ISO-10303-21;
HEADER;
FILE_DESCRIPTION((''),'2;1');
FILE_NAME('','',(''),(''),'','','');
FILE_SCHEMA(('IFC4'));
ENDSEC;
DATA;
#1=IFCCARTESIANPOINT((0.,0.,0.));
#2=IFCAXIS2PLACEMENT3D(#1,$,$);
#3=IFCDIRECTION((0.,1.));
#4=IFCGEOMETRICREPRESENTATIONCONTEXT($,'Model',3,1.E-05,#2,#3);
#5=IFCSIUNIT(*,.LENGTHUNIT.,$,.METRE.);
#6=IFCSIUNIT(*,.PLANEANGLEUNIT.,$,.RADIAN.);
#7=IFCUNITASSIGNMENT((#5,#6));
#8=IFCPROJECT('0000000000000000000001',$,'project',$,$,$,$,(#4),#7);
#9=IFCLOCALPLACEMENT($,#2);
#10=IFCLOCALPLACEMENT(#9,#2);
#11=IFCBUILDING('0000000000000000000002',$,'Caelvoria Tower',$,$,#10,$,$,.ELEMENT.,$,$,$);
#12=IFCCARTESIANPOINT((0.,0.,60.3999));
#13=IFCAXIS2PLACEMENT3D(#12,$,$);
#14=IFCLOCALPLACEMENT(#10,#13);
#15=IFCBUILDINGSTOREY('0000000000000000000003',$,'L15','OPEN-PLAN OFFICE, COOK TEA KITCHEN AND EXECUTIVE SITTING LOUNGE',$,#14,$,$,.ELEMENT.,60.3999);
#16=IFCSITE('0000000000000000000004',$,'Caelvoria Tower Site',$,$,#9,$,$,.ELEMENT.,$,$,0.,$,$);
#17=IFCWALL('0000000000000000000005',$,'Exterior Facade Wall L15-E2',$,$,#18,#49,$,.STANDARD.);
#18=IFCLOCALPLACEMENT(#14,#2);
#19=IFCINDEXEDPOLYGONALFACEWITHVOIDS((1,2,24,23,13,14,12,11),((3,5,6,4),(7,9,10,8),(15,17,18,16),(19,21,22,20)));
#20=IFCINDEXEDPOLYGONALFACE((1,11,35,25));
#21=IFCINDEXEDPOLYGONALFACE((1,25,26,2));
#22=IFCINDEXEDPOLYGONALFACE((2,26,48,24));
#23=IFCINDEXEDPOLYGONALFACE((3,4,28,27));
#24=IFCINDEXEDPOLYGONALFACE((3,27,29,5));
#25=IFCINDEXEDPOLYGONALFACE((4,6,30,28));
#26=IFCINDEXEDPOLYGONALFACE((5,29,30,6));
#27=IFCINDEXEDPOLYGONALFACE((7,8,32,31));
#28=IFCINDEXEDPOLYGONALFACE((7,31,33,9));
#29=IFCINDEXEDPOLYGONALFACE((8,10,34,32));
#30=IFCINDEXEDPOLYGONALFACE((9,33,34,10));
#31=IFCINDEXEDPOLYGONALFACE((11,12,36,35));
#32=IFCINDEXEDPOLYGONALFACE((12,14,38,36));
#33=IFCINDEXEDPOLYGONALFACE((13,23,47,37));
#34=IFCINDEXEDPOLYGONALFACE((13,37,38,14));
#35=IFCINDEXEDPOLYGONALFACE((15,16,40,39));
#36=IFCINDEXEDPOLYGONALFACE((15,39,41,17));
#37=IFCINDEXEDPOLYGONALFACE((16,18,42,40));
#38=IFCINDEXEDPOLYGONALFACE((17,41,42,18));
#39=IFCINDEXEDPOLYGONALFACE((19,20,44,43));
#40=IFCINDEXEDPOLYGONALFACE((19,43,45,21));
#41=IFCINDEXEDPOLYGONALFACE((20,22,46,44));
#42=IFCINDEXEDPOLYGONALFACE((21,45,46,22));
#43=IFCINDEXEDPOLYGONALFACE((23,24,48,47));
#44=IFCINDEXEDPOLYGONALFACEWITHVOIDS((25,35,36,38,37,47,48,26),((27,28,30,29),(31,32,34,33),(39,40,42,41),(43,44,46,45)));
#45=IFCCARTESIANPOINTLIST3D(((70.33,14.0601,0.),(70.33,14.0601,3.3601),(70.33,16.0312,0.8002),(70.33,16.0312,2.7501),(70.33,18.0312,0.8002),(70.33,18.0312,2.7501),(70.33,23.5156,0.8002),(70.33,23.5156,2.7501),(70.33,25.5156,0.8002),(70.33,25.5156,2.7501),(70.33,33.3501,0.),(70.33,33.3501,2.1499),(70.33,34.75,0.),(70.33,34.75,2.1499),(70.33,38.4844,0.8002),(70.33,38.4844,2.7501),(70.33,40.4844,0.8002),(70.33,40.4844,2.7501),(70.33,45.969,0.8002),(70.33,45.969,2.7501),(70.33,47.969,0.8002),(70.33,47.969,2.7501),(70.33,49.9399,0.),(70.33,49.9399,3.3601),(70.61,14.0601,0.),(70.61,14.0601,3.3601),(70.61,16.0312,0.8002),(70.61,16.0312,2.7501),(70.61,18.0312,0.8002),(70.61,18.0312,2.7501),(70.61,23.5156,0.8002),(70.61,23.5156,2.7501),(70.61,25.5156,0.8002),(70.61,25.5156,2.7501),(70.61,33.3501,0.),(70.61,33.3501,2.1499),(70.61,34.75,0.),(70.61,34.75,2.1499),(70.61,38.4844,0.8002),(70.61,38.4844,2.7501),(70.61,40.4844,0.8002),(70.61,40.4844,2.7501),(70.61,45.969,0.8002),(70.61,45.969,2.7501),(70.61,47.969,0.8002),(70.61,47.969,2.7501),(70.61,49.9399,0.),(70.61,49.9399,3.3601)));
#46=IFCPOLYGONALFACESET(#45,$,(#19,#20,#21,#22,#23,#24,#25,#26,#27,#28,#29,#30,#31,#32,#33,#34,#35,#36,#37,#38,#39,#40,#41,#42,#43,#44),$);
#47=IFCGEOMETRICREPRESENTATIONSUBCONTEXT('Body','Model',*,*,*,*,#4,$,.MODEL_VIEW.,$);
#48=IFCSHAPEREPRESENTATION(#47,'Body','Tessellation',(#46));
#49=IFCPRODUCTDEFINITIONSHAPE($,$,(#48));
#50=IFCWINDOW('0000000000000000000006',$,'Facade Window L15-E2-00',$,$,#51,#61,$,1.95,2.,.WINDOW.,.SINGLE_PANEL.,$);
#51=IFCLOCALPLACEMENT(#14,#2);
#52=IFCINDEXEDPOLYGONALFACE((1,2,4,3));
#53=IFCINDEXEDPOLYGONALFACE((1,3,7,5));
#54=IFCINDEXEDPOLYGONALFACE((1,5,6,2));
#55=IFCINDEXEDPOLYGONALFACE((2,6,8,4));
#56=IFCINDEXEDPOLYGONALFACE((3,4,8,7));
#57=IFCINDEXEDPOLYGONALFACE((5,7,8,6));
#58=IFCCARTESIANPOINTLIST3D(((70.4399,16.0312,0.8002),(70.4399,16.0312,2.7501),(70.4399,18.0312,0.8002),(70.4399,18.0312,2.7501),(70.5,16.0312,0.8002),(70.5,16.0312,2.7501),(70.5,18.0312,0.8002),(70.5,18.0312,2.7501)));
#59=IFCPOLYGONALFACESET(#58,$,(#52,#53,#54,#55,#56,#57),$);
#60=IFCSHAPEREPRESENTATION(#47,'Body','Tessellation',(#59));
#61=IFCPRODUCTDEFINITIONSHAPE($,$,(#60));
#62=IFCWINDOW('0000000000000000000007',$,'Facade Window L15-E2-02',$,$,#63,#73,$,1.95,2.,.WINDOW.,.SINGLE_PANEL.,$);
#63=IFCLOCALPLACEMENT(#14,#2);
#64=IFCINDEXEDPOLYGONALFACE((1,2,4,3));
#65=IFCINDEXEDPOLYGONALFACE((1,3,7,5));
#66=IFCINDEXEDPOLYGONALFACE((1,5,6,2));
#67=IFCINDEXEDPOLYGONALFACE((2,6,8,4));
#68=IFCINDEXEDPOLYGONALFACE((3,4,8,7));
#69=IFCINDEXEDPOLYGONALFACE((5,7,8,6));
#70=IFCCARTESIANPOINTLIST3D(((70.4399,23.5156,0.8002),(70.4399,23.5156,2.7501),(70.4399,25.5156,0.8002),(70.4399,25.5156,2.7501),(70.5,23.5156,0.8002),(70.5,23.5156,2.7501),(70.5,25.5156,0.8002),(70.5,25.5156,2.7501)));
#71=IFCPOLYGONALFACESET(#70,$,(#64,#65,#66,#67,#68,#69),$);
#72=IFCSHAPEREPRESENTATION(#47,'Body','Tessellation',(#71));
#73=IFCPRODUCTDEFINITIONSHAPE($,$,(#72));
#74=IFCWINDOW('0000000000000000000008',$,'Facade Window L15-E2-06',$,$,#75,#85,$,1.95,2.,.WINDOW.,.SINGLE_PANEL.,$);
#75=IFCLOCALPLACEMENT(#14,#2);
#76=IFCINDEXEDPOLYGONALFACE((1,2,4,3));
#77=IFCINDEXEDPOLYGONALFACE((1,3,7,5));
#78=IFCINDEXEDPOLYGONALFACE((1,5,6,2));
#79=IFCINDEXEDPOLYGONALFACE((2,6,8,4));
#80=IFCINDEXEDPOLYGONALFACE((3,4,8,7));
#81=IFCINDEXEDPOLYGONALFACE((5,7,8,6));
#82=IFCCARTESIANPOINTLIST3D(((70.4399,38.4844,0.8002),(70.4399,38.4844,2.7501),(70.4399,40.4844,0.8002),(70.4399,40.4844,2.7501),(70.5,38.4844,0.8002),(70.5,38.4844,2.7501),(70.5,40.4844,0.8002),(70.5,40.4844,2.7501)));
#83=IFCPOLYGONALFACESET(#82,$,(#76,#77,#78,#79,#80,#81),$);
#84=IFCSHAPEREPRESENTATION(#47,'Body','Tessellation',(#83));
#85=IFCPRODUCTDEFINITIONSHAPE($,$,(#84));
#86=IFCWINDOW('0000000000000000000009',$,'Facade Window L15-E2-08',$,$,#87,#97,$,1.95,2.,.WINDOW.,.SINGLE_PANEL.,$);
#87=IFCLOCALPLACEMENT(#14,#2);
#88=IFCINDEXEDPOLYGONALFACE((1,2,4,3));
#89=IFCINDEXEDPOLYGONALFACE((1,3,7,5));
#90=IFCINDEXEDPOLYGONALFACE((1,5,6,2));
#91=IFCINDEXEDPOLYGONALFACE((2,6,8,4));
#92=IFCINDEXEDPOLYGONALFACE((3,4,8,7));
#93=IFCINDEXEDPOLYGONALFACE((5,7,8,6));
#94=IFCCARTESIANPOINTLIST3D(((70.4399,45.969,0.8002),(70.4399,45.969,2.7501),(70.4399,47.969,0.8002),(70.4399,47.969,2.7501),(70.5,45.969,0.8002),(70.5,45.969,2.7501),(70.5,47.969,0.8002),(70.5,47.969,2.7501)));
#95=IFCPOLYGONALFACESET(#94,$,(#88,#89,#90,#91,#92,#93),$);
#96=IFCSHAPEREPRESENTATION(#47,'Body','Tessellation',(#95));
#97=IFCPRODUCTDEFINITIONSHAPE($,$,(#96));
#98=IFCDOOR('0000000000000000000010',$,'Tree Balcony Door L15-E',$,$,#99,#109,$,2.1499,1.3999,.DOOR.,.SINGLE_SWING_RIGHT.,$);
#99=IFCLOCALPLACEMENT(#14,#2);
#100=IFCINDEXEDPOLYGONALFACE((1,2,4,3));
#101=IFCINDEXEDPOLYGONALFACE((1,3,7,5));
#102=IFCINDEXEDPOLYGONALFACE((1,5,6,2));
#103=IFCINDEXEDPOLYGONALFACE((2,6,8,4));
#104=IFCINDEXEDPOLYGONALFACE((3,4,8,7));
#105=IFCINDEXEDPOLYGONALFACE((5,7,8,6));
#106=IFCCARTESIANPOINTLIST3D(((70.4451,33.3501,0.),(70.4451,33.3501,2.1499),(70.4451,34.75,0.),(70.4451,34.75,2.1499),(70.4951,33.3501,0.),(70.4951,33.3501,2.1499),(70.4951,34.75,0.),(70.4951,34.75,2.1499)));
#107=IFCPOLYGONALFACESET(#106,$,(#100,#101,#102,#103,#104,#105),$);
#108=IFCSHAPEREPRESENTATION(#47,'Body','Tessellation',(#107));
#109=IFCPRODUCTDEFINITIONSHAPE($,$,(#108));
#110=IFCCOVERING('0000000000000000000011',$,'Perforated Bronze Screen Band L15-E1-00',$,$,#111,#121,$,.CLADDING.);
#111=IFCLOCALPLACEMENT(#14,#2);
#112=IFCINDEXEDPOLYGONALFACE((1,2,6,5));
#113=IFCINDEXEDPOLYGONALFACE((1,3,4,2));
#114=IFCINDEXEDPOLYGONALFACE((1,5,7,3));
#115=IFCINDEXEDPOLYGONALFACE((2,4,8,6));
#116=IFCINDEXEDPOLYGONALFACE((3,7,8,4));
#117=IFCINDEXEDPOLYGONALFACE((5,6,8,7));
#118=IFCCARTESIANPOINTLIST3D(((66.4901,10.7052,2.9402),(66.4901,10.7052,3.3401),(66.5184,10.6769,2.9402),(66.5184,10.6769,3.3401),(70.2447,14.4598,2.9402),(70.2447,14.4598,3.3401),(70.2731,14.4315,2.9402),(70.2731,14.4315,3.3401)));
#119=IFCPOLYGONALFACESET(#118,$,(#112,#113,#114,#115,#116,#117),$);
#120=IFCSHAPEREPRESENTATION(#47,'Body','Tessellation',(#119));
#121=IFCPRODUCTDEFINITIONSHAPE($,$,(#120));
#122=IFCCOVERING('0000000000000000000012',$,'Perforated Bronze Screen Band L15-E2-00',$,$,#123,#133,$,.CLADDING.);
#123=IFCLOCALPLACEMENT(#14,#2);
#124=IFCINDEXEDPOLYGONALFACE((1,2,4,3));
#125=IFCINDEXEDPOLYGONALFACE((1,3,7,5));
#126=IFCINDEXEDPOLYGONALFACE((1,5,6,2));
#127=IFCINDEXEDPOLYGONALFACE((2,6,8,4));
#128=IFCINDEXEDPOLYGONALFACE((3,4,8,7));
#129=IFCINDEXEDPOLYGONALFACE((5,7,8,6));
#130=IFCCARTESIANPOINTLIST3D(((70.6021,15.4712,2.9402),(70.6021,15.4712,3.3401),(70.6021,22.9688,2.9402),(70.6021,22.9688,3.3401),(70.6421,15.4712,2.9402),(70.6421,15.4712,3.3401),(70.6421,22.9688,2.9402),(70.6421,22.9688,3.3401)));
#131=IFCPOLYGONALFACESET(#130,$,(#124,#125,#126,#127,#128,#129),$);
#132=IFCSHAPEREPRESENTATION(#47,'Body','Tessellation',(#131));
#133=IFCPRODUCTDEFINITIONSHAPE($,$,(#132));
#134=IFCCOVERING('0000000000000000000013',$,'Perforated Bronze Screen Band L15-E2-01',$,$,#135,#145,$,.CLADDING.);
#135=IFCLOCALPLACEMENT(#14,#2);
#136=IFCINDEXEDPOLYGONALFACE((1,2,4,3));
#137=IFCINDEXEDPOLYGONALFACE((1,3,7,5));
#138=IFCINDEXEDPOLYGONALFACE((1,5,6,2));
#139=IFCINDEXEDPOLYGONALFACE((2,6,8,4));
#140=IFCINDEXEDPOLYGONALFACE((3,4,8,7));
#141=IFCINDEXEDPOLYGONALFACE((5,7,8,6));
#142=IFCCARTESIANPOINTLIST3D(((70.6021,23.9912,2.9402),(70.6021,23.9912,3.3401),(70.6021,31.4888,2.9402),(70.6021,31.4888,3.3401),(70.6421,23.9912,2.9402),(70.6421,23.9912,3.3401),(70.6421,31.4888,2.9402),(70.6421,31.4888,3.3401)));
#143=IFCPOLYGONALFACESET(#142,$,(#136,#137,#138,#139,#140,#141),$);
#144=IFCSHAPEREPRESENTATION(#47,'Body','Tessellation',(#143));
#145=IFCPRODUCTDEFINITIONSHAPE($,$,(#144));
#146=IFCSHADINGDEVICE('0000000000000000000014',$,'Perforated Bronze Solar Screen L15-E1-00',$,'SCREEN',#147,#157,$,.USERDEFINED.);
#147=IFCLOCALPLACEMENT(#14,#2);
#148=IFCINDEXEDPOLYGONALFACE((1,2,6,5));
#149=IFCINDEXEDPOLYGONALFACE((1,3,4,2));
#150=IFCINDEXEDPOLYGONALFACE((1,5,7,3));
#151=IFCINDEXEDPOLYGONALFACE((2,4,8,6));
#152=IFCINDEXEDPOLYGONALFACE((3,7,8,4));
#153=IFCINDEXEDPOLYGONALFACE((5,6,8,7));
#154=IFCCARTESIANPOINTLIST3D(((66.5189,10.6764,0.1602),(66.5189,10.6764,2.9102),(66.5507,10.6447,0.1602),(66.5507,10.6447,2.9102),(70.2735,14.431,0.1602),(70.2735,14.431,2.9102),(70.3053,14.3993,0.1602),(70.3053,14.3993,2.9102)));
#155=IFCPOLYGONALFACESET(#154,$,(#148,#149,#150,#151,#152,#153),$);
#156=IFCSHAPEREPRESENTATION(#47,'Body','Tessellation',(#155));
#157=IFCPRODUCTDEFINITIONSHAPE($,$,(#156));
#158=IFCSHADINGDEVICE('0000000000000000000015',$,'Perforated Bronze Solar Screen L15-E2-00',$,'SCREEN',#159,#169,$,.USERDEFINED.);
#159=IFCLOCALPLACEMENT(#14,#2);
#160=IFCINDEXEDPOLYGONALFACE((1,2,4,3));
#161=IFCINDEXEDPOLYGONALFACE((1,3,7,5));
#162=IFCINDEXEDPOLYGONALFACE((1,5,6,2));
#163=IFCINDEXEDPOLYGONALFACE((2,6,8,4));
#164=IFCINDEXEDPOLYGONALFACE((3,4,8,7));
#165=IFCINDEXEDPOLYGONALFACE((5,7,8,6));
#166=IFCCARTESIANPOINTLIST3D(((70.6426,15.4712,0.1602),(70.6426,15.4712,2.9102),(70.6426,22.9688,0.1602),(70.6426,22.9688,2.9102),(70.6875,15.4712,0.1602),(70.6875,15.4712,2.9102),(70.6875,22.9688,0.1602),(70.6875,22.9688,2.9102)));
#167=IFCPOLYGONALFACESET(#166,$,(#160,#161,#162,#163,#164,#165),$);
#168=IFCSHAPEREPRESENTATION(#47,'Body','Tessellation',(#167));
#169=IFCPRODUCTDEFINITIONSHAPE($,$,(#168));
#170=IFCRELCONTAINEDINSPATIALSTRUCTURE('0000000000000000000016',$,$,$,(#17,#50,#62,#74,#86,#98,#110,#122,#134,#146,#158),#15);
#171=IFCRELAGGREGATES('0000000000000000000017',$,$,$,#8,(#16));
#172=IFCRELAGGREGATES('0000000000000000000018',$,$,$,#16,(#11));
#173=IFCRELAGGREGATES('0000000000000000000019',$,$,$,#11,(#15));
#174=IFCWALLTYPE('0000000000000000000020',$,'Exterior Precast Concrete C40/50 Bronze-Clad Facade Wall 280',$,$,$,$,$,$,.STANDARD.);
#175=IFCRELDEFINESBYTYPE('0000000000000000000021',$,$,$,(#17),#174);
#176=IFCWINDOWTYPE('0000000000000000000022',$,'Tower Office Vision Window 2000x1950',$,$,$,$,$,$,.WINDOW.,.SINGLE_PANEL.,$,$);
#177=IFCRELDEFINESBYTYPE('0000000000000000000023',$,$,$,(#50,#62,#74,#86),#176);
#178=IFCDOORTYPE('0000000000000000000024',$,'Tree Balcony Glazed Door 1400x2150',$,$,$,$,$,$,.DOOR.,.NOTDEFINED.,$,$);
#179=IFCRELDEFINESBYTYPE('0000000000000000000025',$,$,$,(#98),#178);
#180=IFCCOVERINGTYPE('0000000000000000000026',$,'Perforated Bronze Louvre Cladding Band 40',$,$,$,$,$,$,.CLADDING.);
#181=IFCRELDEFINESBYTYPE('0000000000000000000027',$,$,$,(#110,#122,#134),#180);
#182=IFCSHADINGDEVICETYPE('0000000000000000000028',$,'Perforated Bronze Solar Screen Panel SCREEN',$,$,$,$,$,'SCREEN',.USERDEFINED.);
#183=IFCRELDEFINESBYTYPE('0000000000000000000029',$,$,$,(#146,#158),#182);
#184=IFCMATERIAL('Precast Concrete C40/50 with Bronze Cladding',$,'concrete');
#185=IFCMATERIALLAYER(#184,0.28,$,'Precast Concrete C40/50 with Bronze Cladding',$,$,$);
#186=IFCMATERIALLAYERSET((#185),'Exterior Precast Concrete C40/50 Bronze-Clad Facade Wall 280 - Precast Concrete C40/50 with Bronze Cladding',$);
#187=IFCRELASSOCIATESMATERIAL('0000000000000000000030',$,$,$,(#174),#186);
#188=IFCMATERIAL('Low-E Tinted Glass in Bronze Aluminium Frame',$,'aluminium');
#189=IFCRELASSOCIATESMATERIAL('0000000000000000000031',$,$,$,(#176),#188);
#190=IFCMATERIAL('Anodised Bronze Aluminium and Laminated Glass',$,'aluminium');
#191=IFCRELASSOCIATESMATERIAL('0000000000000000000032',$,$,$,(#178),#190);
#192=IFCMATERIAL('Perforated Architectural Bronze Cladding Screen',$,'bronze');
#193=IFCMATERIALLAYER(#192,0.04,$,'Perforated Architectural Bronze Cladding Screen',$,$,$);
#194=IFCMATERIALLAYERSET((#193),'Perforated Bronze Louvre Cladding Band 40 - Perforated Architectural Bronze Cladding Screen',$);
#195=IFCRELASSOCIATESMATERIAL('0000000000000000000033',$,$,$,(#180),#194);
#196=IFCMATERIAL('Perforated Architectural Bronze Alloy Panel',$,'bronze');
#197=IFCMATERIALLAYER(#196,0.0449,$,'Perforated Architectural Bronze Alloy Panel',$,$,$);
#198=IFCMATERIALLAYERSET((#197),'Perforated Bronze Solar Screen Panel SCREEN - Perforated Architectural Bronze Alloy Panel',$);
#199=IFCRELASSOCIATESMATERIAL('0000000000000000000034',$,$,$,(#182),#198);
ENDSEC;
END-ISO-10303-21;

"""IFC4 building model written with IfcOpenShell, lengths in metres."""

from ifc_helpers import new_model, si_unit, direction, frame, frame_2d, origin, origin_2d, place, context, subcontext, project, spatial, rectangle, extrude, material, layer, layer_set, type_object, element, fill, save


model = new_model("IFC4")

# Units and contexts
model_context = context("Model", 3, precision=1e-05, world=origin(), true_north=direction((0.0, 1.0)))
body_context = subcontext(model_context, "Body", "Model", "MODEL_VIEW")
ifc_project = project(units=[si_unit("LENGTHUNIT", "METRE"), si_unit("PLANEANGLEUNIT", "RADIAN")], contexts=[model_context])

# Site, building, storey
site_placement = place(None, origin())
site = spatial("IfcSite", under=ifc_project, at=site_placement, Name="Caelvoria Tower Site", CompositionType="ELEMENT", RefElevation=0.0)
building_placement = place(site_placement, origin())
building = spatial("IfcBuilding", under=site, at=building_placement, Name="Caelvoria Tower", CompositionType="ELEMENT")
storey_placement = place(building_placement, frame((0.0, 0.0, 60.3999)))
storey = spatial("IfcBuildingStorey", under=building, at=storey_placement, Name="L15", Description="OPEN-PLAN OFFICE, COOK TEA KITCHEN AND EXECUTIVE SITTING LOUNGE", CompositionType="ELEMENT", Elevation=60.3999)

# Shared definitions
ifc_material_1 = material(Name="Precast Concrete C40/50 with Bronze Cladding", Category="concrete")
ifc_layer_1 = layer(ifc_material_1, 0.28, Name="Precast Concrete C40/50 with Bronze Cladding")
ifc_layer_set_1 = layer_set([ifc_layer_1], Name="Exterior Precast Concrete C40/50 Bronze-Clad Facade Wall 280 - Precast Concrete C40/50 with Bronze Cladding")
wall_type_1 = type_object("IfcWallType", Name="Exterior Precast Concrete C40/50 Bronze-Clad Facade Wall 280", PredefinedType="STANDARD", material=ifc_layer_set_1)

# Wall, openings, windows, door
wall_1_placement = place(storey_placement, frame((70.47, 14.0601, 0.0), z_axis=(0.0, 0.0, 1.0), x_axis=(0.0, 1.0, 0.0)))
wall_1 = element("IfcWall", 1, at=wall_1_placement, inside=storey, type_object=wall_type_1, Name="Exterior Facade Wall L15-E2", PredefinedType="STANDARD", context=body_context, shape_type="SweptSolid", body=[
    extrude(rectangle(XDim=35.8799, YDim=0.28, at=frame_2d((17.9399, 0.0))), origin(), (0.0, 0.0, 1.0), 3.3601),
])
opening_1_placement = place(wall_1_placement, frame((19.29, 0.0, 0.0)))
opening_1 = element("IfcOpeningElement", 2, at=opening_1_placement, cuts=wall_1, PredefinedType="OPENING", context=body_context, shape_type="SweptSolid", body=[
    extrude(rectangle(XDim=1.3999, YDim=2.1499, at=frame_2d((0.7, 1.075))), frame((0.0, 0.1499, 0.0), z_axis=(0.0, -1.0, 0.0), x_axis=(1.0, 0.0, 0.0)), (0.0, 0.0, 1.0), 0.3),
])
opening_2_placement = place(wall_1_placement, frame((1.9712, 0.0, 0.8)))
opening_2 = element("IfcOpeningElement", 3, at=opening_2_placement, cuts=wall_1, PredefinedType="OPENING", context=body_context, shape_type="SweptSolid", body=[
    extrude(rectangle(XDim=2.0, YDim=1.95, at=frame_2d((1.0, 0.9751))), frame((0.0, 0.1499, 0.0), z_axis=(0.0, -1.0, 0.0), x_axis=(1.0, 0.0, 0.0)), (0.0, 0.0, 1.0), 0.3),
])
opening_3_placement = place(wall_1_placement, frame((9.4556, 0.0, 0.8)))
opening_3 = element("IfcOpeningElement", 4, at=opening_3_placement, cuts=wall_1, PredefinedType="OPENING", context=body_context, shape_type="SweptSolid", body=[
    extrude(rectangle(XDim=2.0, YDim=1.95, at=frame_2d((1.0, 0.9751))), frame((0.0, 0.1499, 0.0), z_axis=(0.0, -1.0, 0.0), x_axis=(1.0, 0.0, 0.0)), (0.0, 0.0, 1.0), 0.3),
])
opening_4_placement = place(wall_1_placement, frame((24.4243, 0.0, 0.8)))
opening_4 = element("IfcOpeningElement", 5, at=opening_4_placement, cuts=wall_1, PredefinedType="OPENING", context=body_context, shape_type="SweptSolid", body=[
    extrude(rectangle(XDim=2.0, YDim=1.95, at=frame_2d((1.0, 0.9751))), frame((0.0, 0.1499, 0.0), z_axis=(0.0, -1.0, 0.0), x_axis=(1.0, 0.0, 0.0)), (0.0, 0.0, 1.0), 0.3),
])
opening_5_placement = place(wall_1_placement, frame((31.9089, 0.0, 0.8)))
opening_5 = element("IfcOpeningElement", 6, at=opening_5_placement, cuts=wall_1, PredefinedType="OPENING", context=body_context, shape_type="SweptSolid", body=[
    extrude(rectangle(XDim=2.0, YDim=1.95, at=frame_2d((1.0, 0.9751))), frame((0.0, 0.1499, 0.0), z_axis=(0.0, -1.0, 0.0), x_axis=(1.0, 0.0, 0.0)), (0.0, 0.0, 1.0), 0.3),
])
ifc_material_2 = material(Name="Low-E Tinted Glass in Bronze Aluminium Frame", Category="aluminium")
window_type = type_object("IfcWindowType", Name="Tower Office Vision Window 2000x1950", PartitioningType="SINGLE_PANEL", PredefinedType="WINDOW", material=ifc_material_2)
window_1_placement = place(opening_2_placement, origin())
window_1 = element("IfcWindow", 7, at=window_1_placement, inside=storey, type_object=window_type, Name="Facade Window L15-E2-00", OverallHeight=1.95, OverallWidth=2.0, PartitioningType="SINGLE_PANEL", PredefinedType="WINDOW", context=body_context, shape_type="SweptSolid", body=[
    extrude(rectangle(XDim=2.0, YDim=1.95, at=frame_2d((1.0, 0.9751))), frame((0.0, 0.03, 0.0), z_axis=(0.0, -1.0, 0.0), x_axis=(1.0, 0.0, 0.0)), (0.0, 0.0, 1.0), 0.0601),
])
fill(opening_2, window_1)
window_2_placement = place(opening_3_placement, origin())
window_2 = element("IfcWindow", 8, at=window_2_placement, inside=storey, type_object=window_type, Name="Facade Window L15-E2-02", OverallHeight=1.95, OverallWidth=2.0, PartitioningType="SINGLE_PANEL", PredefinedType="WINDOW", context=body_context, shape_type="SweptSolid", body=[
    extrude(rectangle(XDim=2.0, YDim=1.95, at=frame_2d((1.0, 0.9751))), frame((0.0, 0.03, 0.0), z_axis=(0.0, -1.0, 0.0), x_axis=(1.0, 0.0, 0.0)), (0.0, 0.0, 1.0), 0.0601),
])
fill(opening_3, window_2)
window_3_placement = place(opening_4_placement, origin())
window_3 = element("IfcWindow", 9, at=window_3_placement, inside=storey, type_object=window_type, Name="Facade Window L15-E2-06", OverallHeight=1.95, OverallWidth=2.0, PartitioningType="SINGLE_PANEL", PredefinedType="WINDOW", context=body_context, shape_type="SweptSolid", body=[
    extrude(rectangle(XDim=2.0, YDim=1.95, at=frame_2d((1.0, 0.9751))), frame((0.0, 0.03, 0.0), z_axis=(0.0, -1.0, 0.0), x_axis=(1.0, 0.0, 0.0)), (0.0, 0.0, 1.0), 0.0601),
])
fill(opening_4, window_3)
window_4_placement = place(opening_5_placement, origin())
window_4 = element("IfcWindow", 10, at=window_4_placement, inside=storey, type_object=window_type, Name="Facade Window L15-E2-08", OverallHeight=1.95, OverallWidth=2.0, PartitioningType="SINGLE_PANEL", PredefinedType="WINDOW", context=body_context, shape_type="SweptSolid", body=[
    extrude(rectangle(XDim=2.0, YDim=1.95, at=frame_2d((1.0, 0.9751))), frame((0.0, 0.03, 0.0), z_axis=(0.0, -1.0, 0.0), x_axis=(1.0, 0.0, 0.0)), (0.0, 0.0, 1.0), 0.0601),
])
fill(opening_5, window_4)
ifc_material_3 = material(Name="Anodised Bronze Aluminium and Laminated Glass", Category="aluminium")
door_type = type_object("IfcDoorType", Name="Tree Balcony Glazed Door 1400x2150", OperationType="NOTDEFINED", PredefinedType="DOOR", material=ifc_material_3)
door_placement = place(opening_1_placement, origin())
door = element("IfcDoor", 11, at=door_placement, inside=storey, type_object=door_type, Name="Tree Balcony Door L15-E", OperationType="SINGLE_SWING_RIGHT", OverallHeight=2.1499, OverallWidth=1.3999, PredefinedType="DOOR", context=body_context, shape_type="SweptSolid", body=[
    extrude(rectangle(XDim=1.3999, YDim=2.1499, at=frame_2d((0.7, 1.075))), frame((0.0, 0.0249, 0.0), z_axis=(0.0, -1.0, 0.0), x_axis=(1.0, 0.0, 0.0)), (0.0, 0.0, 1.0), 0.05),
])
fill(opening_1, door)

# Coverings
ifc_material_4 = material(Name="Perforated Architectural Bronze Cladding Screen", Category="bronze")
ifc_layer_2 = layer(ifc_material_4, 0.04, Name="Perforated Architectural Bronze Cladding Screen")
ifc_layer_set_2 = layer_set([ifc_layer_2], Name="Perforated Bronze Louvre Cladding Band 40 - Perforated Architectural Bronze Cladding Screen")
covering_type = type_object("IfcCoveringType", Name="Perforated Bronze Louvre Cladding Band 40", PredefinedType="CLADDING", material=ifc_layer_set_2)
covering_placement = place(storey_placement, frame((68.3816, 12.5684, 2.9402), z_axis=(0.0, 0.0, 1.0), x_axis=(0.707107, 0.707107, 0.0)))
element("IfcCovering", 12, at=covering_placement, inside=storey, type_object=covering_type, Name="Perforated Bronze Screen Band L15-E1-00", PredefinedType="CLADDING", context=body_context, shape_type="SweptSolid", body=[
    extrude(rectangle(XDim=5.3098, YDim=0.04, at=origin_2d()), origin(), (0.0, 0.0, 1.0), 0.3999),
])
for number, where, z_axis, x_axis, name in (
    (13, (70.6221, 19.22, 2.9402), (0.0, 0.0, 1.0), (0.0, 1.0, 0.0), "Perforated Bronze Screen Band L15-E2-00"),
    (14, (70.6221, 27.74, 2.9402), (0.0, 0.0, 1.0), (0.0, 1.0, 0.0), "Perforated Bronze Screen Band L15-E2-01"),
):
    element("IfcCovering", number, at=place(storey_placement, frame(where, z_axis=z_axis, x_axis=x_axis)), inside=storey, type_object=covering_type, Name=name, PredefinedType="CLADDING", context=body_context, shape_type="SweptSolid", body=[
        extrude(rectangle(XDim=7.4976, YDim=0.04, at=origin_2d()), origin(), (0.0, 0.0, 1.0), 0.3999),
    ])

# Shading devices
ifc_material_5 = material(Name="Perforated Architectural Bronze Alloy Panel", Category="bronze")
ifc_layer_3 = layer(ifc_material_5, 0.0449, Name="Perforated Architectural Bronze Alloy Panel")
ifc_layer_set_3 = layer_set([ifc_layer_3], Name="Perforated Bronze Solar Screen Panel SCREEN - Perforated Architectural Bronze Alloy Panel")
shading_device_type = type_object("IfcShadingDeviceType", Name="Perforated Bronze Solar Screen Panel SCREEN", ElementType="SCREEN", PredefinedType="USERDEFINED", material=ifc_layer_set_3)
shading_device_placement = place(storey_placement, frame((68.4121, 12.5378, 0.1602), z_axis=(0.0, 0.0, 1.0), x_axis=(0.707107, 0.707107, 0.0)))
element("IfcShadingDevice", 15, at=shading_device_placement, inside=storey, type_object=shading_device_type, Name="Perforated Bronze Solar Screen L15-E1-00", ObjectType="SCREEN", PredefinedType="USERDEFINED", context=body_context, shape_type="SweptSolid", body=[
    extrude(rectangle(XDim=5.3098, YDim=0.0449, at=origin_2d()), origin(), (0.0, 0.0, 1.0), 2.75),
])
for number, where, z_axis, x_axis, name in (
    (16, (70.665, 19.22, 0.1602), (0.0, 0.0, 1.0), (0.0, 1.0, 0.0), "Perforated Bronze Solar Screen L15-E2-00"),
):
    element("IfcShadingDevice", number, at=place(storey_placement, frame(where, z_axis=z_axis, x_axis=x_axis)), inside=storey, type_object=shading_device_type, Name=name, ObjectType="SCREEN", PredefinedType="USERDEFINED", context=body_context, shape_type="SweptSolid", body=[
        extrude(rectangle(XDim=7.4976, YDim=0.0449, at=origin_2d()), origin(), (0.0, 0.0, 1.0), 2.75),
    ])

save(model, "model.ifc")
